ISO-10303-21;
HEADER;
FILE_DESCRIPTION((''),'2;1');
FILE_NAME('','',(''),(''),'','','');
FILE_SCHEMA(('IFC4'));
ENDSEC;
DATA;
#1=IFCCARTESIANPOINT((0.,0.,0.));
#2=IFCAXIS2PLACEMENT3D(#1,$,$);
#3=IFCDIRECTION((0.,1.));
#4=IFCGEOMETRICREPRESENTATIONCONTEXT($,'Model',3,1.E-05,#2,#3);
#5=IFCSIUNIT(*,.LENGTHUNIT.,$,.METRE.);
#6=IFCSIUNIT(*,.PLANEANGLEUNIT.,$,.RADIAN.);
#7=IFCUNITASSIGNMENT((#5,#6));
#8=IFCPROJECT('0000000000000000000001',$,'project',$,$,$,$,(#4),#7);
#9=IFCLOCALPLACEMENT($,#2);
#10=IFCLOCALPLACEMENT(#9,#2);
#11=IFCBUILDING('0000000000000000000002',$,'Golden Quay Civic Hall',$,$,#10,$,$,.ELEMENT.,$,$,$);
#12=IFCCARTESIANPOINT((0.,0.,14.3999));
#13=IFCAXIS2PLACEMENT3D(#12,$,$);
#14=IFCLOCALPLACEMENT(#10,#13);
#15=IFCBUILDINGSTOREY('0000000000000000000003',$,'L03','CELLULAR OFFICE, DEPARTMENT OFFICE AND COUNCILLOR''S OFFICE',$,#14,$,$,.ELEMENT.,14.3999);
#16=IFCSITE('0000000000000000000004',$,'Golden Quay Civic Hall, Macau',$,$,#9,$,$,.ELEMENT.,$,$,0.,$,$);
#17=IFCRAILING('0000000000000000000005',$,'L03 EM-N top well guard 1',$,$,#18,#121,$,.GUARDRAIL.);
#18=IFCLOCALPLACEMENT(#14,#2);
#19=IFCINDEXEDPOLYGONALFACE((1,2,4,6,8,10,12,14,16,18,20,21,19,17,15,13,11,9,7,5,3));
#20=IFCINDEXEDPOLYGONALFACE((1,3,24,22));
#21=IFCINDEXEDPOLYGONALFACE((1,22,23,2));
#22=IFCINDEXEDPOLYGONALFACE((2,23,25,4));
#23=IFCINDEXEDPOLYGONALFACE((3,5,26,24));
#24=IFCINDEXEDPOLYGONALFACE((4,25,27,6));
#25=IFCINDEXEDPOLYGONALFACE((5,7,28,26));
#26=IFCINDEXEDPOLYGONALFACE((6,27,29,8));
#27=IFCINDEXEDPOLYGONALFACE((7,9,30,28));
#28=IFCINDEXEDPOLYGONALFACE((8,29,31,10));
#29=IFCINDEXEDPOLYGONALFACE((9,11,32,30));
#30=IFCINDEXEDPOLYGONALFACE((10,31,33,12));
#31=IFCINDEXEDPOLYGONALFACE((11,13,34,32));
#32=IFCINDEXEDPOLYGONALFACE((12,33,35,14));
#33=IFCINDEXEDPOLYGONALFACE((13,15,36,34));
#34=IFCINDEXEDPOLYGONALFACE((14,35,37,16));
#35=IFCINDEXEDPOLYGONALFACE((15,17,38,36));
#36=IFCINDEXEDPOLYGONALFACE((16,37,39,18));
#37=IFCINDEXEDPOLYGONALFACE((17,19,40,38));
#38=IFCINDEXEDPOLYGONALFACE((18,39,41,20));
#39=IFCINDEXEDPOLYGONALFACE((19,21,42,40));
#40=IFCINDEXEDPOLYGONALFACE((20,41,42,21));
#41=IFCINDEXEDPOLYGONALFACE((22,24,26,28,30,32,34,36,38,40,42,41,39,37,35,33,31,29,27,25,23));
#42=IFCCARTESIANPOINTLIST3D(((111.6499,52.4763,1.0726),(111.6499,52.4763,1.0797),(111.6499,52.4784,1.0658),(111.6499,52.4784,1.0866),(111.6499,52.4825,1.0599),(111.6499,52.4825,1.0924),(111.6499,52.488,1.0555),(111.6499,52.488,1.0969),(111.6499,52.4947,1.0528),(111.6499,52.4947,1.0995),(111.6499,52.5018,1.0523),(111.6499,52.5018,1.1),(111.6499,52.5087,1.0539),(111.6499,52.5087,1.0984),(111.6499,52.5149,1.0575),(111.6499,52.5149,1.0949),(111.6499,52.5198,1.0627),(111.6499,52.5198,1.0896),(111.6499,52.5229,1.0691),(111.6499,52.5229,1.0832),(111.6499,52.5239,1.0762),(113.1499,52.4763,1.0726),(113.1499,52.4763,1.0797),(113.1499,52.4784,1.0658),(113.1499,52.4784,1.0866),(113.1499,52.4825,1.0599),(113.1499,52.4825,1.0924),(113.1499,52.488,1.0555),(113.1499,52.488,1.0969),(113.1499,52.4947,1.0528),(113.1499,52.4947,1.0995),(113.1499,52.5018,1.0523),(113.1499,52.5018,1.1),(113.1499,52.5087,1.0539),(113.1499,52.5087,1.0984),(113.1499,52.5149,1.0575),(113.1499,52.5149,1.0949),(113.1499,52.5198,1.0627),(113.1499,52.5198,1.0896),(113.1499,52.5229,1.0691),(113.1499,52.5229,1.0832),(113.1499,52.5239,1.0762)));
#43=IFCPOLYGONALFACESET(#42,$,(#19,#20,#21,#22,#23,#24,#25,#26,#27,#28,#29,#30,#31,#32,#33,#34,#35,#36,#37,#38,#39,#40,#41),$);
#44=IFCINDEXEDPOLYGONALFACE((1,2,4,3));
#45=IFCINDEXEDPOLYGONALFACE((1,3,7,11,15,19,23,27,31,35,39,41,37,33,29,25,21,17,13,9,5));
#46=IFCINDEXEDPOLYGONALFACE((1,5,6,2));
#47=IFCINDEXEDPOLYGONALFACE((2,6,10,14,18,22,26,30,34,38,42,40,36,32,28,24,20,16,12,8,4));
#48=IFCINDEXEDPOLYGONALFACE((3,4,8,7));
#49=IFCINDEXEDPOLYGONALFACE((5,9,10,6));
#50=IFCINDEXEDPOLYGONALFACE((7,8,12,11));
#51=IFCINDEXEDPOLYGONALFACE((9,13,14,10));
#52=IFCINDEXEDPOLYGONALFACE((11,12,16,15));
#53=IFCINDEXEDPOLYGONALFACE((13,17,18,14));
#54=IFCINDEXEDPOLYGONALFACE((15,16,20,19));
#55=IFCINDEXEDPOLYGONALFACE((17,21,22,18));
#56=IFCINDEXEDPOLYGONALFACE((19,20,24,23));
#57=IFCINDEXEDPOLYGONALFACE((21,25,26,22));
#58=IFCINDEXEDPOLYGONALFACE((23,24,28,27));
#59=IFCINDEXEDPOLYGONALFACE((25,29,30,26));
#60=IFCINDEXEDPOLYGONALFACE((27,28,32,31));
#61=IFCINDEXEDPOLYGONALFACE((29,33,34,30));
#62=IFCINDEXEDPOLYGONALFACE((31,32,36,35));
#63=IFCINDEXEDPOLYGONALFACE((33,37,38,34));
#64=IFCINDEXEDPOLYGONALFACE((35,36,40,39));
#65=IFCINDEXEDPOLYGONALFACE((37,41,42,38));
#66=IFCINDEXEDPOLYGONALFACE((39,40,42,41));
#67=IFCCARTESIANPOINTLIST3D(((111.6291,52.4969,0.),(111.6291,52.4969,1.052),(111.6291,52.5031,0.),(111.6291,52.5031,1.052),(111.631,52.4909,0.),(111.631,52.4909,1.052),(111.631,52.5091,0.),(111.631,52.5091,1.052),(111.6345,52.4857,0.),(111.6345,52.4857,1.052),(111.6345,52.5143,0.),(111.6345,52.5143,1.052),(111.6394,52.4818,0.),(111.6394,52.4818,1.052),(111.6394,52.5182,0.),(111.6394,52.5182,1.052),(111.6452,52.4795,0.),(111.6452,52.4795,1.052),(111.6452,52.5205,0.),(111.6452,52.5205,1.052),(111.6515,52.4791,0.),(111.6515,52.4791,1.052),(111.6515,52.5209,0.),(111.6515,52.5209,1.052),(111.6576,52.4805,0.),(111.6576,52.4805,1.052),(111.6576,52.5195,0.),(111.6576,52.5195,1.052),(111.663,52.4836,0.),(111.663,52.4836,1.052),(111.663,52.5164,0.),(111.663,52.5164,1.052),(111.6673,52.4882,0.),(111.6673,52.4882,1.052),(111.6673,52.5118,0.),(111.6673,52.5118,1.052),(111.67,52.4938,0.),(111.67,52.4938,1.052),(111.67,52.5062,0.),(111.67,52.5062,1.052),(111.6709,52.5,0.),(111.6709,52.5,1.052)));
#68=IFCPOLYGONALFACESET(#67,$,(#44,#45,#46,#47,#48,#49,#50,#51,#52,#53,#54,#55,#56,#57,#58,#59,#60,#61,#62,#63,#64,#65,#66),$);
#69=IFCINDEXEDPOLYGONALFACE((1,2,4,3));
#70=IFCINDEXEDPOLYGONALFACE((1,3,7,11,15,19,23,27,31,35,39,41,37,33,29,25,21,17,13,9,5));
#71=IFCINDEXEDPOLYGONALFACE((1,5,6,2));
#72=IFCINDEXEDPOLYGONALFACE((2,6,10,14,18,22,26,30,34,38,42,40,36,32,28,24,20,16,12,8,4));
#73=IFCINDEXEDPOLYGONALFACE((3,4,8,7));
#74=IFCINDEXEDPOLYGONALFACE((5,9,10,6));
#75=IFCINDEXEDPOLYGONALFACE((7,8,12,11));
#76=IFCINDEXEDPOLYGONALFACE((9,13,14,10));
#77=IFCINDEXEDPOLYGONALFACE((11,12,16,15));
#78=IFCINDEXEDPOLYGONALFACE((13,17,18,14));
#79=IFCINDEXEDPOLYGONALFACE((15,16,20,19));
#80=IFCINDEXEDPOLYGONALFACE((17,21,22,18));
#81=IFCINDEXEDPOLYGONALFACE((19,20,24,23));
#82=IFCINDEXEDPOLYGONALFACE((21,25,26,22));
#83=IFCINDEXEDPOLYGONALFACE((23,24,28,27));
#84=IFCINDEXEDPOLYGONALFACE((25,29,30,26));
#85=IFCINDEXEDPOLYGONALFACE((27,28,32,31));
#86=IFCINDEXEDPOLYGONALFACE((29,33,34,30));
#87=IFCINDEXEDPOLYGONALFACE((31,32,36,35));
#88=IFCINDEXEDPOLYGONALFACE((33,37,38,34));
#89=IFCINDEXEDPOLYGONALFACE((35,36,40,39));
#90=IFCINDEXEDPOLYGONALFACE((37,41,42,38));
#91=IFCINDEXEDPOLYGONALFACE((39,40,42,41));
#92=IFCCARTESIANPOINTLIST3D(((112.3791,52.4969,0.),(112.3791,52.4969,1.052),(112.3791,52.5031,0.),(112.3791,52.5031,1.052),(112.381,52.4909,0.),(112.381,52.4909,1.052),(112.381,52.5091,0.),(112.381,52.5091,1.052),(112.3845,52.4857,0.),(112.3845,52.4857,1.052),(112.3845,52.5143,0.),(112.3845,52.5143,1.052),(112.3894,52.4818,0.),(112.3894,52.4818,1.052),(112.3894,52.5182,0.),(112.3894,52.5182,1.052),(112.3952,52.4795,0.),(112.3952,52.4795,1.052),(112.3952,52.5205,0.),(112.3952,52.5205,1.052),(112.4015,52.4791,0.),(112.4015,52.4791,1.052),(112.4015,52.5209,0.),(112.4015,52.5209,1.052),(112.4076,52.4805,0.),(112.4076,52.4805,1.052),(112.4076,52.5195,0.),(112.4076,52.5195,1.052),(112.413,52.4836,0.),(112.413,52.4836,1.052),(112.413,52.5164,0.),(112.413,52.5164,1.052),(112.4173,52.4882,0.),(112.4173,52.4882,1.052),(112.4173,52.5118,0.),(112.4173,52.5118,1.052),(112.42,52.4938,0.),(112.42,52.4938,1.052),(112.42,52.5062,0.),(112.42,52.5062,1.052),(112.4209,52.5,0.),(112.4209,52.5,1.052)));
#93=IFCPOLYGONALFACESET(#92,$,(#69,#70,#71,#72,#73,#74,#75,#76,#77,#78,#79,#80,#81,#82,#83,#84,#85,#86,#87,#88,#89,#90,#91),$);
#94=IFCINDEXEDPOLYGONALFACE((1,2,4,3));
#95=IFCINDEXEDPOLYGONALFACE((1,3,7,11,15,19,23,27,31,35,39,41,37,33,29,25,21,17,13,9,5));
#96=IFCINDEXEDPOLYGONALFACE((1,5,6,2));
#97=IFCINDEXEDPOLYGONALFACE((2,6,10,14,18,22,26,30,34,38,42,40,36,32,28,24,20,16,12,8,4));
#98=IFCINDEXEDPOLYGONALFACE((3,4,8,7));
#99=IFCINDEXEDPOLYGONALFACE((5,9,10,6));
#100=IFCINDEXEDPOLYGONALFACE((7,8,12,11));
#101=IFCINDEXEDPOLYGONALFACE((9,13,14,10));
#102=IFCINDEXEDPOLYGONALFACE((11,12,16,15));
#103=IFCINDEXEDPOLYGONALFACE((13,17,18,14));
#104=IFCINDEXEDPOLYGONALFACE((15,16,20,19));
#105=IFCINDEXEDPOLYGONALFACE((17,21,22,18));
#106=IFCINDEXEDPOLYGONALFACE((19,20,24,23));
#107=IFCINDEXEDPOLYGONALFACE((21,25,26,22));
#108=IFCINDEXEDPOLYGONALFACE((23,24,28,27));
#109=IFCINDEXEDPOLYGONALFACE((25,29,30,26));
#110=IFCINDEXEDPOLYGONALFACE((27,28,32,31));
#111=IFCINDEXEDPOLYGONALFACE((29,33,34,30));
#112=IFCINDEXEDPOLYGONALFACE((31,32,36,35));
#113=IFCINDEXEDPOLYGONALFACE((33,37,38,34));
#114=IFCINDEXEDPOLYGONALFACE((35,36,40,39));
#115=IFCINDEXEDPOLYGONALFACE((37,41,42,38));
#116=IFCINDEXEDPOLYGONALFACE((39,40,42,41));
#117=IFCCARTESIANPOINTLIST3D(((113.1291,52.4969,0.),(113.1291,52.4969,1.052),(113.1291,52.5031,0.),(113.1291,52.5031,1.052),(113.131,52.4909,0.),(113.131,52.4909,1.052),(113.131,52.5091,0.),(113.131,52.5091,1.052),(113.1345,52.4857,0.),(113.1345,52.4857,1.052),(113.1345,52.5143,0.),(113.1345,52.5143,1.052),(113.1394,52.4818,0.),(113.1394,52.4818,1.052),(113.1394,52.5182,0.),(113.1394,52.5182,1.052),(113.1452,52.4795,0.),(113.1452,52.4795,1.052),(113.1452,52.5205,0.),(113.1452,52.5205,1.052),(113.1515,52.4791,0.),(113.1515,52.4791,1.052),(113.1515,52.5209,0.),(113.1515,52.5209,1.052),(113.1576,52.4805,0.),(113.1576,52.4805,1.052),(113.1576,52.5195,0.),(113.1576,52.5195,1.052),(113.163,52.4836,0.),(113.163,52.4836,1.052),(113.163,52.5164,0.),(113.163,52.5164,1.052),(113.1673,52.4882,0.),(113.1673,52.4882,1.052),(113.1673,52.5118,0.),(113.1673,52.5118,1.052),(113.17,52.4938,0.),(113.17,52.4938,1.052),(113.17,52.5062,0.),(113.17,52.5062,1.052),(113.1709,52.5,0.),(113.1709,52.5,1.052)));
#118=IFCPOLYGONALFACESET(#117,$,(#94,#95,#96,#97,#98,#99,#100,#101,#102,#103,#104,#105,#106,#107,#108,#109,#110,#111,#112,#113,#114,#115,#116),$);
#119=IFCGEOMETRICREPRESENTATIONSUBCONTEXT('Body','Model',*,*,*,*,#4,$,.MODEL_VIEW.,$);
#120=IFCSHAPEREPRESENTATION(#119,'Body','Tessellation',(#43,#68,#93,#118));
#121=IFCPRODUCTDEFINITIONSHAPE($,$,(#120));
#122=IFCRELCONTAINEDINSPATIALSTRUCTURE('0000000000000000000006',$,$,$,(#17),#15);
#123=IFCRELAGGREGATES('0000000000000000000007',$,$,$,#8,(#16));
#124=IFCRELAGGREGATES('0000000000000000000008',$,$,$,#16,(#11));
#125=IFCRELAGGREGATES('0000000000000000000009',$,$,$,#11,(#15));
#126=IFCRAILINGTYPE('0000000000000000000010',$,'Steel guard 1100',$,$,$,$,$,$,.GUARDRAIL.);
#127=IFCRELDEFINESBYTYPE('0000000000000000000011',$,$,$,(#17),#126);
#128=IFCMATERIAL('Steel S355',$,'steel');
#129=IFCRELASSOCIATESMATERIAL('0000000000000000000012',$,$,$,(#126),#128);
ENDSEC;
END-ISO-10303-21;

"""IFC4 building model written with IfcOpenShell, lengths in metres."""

from ifc_helpers import new_model, si_unit, direction, frame, origin, origin_2d, place, context, subcontext, project, spatial, circle, extrude, material, type_object, element, save


model = new_model("IFC4")

# Units and contexts
model_context = context("Model", 3, precision=1e-05, world=origin(), true_north=direction((0.0, 1.0)))
body_context = subcontext(model_context, "Body", "Model", "MODEL_VIEW")
ifc_project = project(units=[si_unit("LENGTHUNIT", "METRE"), si_unit("PLANEANGLEUNIT", "RADIAN")], contexts=[model_context])

# Site, building, storey
site_placement = place(None, origin())
site = spatial("IfcSite", under=ifc_project, at=site_placement, Name="Golden Quay Civic Hall, Macau", CompositionType="ELEMENT", RefElevation=0.0)
building_placement = place(site_placement, origin())
building = spatial("IfcBuilding", under=site, at=building_placement, Name="Golden Quay Civic Hall", CompositionType="ELEMENT")
storey_placement = place(building_placement, frame((0.0, 0.0, 14.3999)))
storey = spatial("IfcBuildingStorey", under=building, at=storey_placement, Name="L03", Description="CELLULAR OFFICE, DEPARTMENT OFFICE AND COUNCILLOR'S OFFICE", CompositionType="ELEMENT", Elevation=14.3999)

# Railing
ifc_material_1 = material(Name="Steel S355", Category="steel")
railing_type = type_object("IfcRailingType", Name="Steel guard 1100", PredefinedType="GUARDRAIL", material=ifc_material_1)
railing_placement = place(storey_placement, frame((111.6499, 52.5, 0.0)))
element("IfcRailing", 1, at=railing_placement, inside=storey, type_object=railing_type, Name="L03 EM-N top well guard 1", PredefinedType="GUARDRAIL", context=body_context, shape_type="SweptSolid", body=[
    extrude(circle(Radius=0.0239, at=origin_2d()), frame((0.0, 0.0, 1.0762), z_axis=(1.0, 0.0, 0.0), x_axis=(0.0, 1.0, 0.0)), (0.0, 0.0, 1.0), 1.5),
    extrude(circle(Radius=0.021, at=origin_2d()), origin(), (0.0, 0.0, 1.0), 1.052),
    extrude(circle(Radius=0.021, at=origin_2d()), frame((0.75, 0.0, 0.0)), (0.0, 0.0, 1.0), 1.052),
    extrude(circle(Radius=0.021, at=origin_2d()), frame((1.5, 0.0, 0.0)), (0.0, 0.0, 1.0), 1.052),
])

save(model, "model.ifc")
